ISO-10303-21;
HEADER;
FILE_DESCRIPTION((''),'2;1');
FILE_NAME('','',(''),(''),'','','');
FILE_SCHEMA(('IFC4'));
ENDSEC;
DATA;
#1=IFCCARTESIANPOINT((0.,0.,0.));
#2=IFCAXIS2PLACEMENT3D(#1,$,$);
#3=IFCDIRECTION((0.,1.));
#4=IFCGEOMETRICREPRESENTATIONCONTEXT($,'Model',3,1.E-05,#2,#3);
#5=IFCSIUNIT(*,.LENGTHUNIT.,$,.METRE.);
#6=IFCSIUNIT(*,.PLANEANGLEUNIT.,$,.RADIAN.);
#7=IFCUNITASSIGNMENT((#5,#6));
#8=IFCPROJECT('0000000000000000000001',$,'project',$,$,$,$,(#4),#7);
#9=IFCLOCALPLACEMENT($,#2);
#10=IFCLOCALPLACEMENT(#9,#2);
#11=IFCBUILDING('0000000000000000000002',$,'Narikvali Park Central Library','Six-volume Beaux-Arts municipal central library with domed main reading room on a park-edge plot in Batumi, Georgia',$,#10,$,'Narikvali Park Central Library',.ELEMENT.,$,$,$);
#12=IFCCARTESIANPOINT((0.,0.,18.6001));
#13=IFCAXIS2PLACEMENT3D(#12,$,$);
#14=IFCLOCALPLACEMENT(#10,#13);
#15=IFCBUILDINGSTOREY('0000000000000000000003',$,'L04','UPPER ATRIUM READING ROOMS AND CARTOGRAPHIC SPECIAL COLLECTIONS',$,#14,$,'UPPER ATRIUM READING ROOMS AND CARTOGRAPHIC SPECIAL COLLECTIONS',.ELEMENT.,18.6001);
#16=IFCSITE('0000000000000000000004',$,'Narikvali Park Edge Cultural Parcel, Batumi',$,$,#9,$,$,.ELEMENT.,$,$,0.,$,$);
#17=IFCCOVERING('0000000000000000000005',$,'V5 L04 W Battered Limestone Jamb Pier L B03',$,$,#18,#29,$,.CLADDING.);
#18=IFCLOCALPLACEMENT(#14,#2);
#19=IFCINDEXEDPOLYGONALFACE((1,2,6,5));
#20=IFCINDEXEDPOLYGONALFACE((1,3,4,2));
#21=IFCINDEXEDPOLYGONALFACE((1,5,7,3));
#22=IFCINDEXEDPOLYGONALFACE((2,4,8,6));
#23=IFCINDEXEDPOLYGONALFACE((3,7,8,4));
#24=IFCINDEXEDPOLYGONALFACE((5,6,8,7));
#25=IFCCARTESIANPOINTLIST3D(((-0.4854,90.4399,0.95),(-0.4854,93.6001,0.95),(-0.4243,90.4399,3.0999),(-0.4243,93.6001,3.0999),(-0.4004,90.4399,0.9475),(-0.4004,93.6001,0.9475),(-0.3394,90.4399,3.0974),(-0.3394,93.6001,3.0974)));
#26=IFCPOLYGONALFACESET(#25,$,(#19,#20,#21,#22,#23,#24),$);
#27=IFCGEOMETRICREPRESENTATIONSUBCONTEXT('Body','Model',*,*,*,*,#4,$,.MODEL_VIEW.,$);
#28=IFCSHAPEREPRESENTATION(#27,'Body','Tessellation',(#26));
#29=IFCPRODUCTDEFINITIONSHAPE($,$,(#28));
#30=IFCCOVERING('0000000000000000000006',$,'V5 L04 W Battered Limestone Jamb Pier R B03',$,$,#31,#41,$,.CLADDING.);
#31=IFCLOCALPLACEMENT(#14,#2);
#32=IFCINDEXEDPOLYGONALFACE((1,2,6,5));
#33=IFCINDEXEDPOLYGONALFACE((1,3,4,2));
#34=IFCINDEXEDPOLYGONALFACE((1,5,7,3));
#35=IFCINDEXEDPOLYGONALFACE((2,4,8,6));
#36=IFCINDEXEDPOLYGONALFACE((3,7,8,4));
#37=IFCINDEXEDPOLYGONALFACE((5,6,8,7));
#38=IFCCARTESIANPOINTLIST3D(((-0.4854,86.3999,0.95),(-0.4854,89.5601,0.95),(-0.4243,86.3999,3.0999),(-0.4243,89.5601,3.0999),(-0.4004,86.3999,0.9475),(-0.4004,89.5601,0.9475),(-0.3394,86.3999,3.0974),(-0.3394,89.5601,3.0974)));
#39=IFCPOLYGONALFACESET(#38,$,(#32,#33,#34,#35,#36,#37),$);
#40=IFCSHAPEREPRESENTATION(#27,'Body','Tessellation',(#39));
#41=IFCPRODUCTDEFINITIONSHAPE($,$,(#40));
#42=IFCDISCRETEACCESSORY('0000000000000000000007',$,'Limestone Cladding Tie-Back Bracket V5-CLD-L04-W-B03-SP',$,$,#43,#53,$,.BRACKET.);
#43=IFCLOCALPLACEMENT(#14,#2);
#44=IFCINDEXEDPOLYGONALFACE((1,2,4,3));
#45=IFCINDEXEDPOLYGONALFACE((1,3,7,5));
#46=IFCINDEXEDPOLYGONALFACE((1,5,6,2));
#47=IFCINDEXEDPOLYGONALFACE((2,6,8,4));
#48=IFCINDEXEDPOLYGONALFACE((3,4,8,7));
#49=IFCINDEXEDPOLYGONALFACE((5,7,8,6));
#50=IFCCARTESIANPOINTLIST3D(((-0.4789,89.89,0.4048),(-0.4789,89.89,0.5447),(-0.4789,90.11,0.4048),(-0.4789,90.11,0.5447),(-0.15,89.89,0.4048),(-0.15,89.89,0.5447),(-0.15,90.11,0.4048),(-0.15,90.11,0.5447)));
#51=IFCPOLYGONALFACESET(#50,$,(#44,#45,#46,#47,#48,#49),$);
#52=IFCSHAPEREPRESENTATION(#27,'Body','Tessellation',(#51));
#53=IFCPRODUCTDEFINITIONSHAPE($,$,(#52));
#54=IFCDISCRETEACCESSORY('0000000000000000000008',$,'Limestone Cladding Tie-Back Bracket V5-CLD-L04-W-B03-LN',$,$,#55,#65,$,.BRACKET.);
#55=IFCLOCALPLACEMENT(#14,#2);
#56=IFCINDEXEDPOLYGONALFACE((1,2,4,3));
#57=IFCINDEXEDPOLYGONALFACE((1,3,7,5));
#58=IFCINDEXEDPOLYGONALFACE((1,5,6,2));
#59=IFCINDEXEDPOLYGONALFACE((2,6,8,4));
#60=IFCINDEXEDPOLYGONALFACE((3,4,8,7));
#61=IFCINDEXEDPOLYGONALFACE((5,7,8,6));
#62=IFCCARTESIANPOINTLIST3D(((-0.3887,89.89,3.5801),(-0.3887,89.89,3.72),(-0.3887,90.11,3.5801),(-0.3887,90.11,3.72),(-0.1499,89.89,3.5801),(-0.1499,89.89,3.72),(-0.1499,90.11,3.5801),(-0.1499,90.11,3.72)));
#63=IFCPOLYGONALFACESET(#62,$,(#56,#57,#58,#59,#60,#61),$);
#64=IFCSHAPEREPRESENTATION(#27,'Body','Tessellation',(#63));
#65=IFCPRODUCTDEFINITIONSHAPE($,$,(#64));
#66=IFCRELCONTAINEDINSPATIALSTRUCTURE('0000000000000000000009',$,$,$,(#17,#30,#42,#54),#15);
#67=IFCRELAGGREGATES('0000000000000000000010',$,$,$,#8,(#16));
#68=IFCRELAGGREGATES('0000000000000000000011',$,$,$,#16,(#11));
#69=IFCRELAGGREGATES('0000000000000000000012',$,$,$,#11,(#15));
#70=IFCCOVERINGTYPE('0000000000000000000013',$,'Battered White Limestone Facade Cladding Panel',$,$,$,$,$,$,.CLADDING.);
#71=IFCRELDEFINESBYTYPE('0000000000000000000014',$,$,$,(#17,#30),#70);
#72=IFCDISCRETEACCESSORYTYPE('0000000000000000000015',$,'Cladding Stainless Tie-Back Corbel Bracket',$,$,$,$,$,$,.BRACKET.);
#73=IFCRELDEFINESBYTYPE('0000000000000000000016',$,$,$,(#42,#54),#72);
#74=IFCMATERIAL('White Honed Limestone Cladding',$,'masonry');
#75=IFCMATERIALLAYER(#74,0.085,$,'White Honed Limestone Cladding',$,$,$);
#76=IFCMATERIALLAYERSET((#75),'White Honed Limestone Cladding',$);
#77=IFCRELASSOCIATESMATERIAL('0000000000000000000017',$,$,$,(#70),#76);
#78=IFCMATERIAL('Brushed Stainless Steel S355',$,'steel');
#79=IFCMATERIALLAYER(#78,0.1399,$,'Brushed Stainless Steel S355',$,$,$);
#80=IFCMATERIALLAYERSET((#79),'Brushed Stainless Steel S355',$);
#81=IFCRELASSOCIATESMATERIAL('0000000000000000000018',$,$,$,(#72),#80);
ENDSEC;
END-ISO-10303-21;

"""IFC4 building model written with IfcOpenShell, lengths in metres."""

from ifc_helpers import new_model, si_unit, direction, frame, origin, origin_2d, place, context, subcontext, project, spatial, polyline, rectangle, outline, extrude, material, layer, layer_set, type_object, element, save


model = new_model("IFC4")

# Units and contexts
model_context = context("Model", 3, precision=1e-05, world=origin(), true_north=direction((0.0, 1.0)))
body_context = subcontext(model_context, "Body", "Model", "MODEL_VIEW")
ifc_project = project(units=[si_unit("LENGTHUNIT", "METRE"), si_unit("PLANEANGLEUNIT", "RADIAN")], contexts=[model_context])

# Site, building, storey
site_placement = place(None, origin())
site = spatial("IfcSite", under=ifc_project, at=site_placement, Name="Narikvali Park Edge Cultural Parcel, Batumi", CompositionType="ELEMENT", RefElevation=0.0)
building_placement = place(site_placement, origin())
building = spatial("IfcBuilding", under=site, at=building_placement, Name="Narikvali Park Central Library", Description="Six-volume Beaux-Arts municipal central library with domed main reading room on a park-edge plot in Batumi, Georgia", LongName="Narikvali Park Central Library", CompositionType="ELEMENT")
storey_placement = place(building_placement, frame((0.0, 0.0, 18.6001)))
storey = spatial("IfcBuildingStorey", under=building, at=storey_placement, Name="L04", Description="UPPER ATRIUM READING ROOMS AND CARTOGRAPHIC SPECIAL COLLECTIONS", LongName="UPPER ATRIUM READING ROOMS AND CARTOGRAPHIC SPECIAL COLLECTIONS", CompositionType="ELEMENT", Elevation=18.6001)

# Coverings
ifc_material_1 = material(Name="White Honed Limestone Cladding", Category="masonry")
ifc_layer_1 = layer(ifc_material_1, 0.085, Name="White Honed Limestone Cladding")
ifc_layer_set_1 = layer_set([ifc_layer_1], Name="White Honed Limestone Cladding")
covering_type = type_object("IfcCoveringType", Name="Battered White Limestone Facade Cladding Panel", PredefinedType="CLADDING", material=ifc_layer_set_1)
for number, where, z_axis, x_axis, name in (
    (1, (-0.4854, 93.6001, 0.95), (-0.999597, 0.0, 0.028378), (0.0, -1.0, 0.0), "V5 L04 W Battered Limestone Jamb Pier L B03"),
    (2, (-0.4854, 89.5601, 0.95), (-0.999597, 0.0, 0.028378), (0.0, -1.0, 0.0), "V5 L04 W Battered Limestone Jamb Pier R B03"),
):
    element("IfcCovering", number, at=place(storey_placement, frame(where, z_axis=z_axis, x_axis=x_axis)), inside=storey, type_object=covering_type, Name=name, PredefinedType="CLADDING", context=body_context, shape_type="SweptSolid", body=[
        extrude(outline(polyline([(0.0, 0.0), (3.1602, 0.0), (3.1602, 2.1508), (0.0, 2.1508), (0.0, 0.0)])), origin(), (0.0, 0.0, -1.0), 0.085),
    ])

# Discrete accessories
ifc_material_2 = material(Name="Brushed Stainless Steel S355", Category="steel")
ifc_layer_2 = layer(ifc_material_2, 0.1399, Name="Brushed Stainless Steel S355")
ifc_layer_set_2 = layer_set([ifc_layer_2], Name="Brushed Stainless Steel S355")
discrete_accessory_type = type_object("IfcDiscreteAccessoryType", Name="Cladding Stainless Tie-Back Corbel Bracket", PredefinedType="BRACKET", material=ifc_layer_set_2)
discrete_accessory_1_placement = place(storey_placement, frame((-0.3145, 90.0, 0.4048), z_axis=(0.0, 0.0, 1.0), x_axis=(1.0, 0.0, 0.0)))
element("IfcDiscreteAccessory", 3, at=discrete_accessory_1_placement, inside=storey, type_object=discrete_accessory_type, Name="Limestone Cladding Tie-Back Bracket V5-CLD-L04-W-B03-SP", PredefinedType="BRACKET", context=body_context, shape_type="SweptSolid", body=[
    extrude(rectangle(XDim=0.3289, YDim=0.22, at=origin_2d()), origin(), (0.0, 0.0, 1.0), 0.1399),
])
discrete_accessory_2_placement = place(storey_placement, frame((-0.2693, 90.0, 3.5801), z_axis=(0.0, 0.0, 1.0), x_axis=(1.0, 0.0, 0.0)))
element("IfcDiscreteAccessory", 4, at=discrete_accessory_2_placement, inside=storey, type_object=discrete_accessory_type, Name="Limestone Cladding Tie-Back Bracket V5-CLD-L04-W-B03-LN", PredefinedType="BRACKET", context=body_context, shape_type="SweptSolid", body=[
    extrude(rectangle(XDim=0.2388, YDim=0.22, at=origin_2d()), origin(), (0.0, 0.0, 1.0), 0.1399),
])

save(model, "model.ifc")
